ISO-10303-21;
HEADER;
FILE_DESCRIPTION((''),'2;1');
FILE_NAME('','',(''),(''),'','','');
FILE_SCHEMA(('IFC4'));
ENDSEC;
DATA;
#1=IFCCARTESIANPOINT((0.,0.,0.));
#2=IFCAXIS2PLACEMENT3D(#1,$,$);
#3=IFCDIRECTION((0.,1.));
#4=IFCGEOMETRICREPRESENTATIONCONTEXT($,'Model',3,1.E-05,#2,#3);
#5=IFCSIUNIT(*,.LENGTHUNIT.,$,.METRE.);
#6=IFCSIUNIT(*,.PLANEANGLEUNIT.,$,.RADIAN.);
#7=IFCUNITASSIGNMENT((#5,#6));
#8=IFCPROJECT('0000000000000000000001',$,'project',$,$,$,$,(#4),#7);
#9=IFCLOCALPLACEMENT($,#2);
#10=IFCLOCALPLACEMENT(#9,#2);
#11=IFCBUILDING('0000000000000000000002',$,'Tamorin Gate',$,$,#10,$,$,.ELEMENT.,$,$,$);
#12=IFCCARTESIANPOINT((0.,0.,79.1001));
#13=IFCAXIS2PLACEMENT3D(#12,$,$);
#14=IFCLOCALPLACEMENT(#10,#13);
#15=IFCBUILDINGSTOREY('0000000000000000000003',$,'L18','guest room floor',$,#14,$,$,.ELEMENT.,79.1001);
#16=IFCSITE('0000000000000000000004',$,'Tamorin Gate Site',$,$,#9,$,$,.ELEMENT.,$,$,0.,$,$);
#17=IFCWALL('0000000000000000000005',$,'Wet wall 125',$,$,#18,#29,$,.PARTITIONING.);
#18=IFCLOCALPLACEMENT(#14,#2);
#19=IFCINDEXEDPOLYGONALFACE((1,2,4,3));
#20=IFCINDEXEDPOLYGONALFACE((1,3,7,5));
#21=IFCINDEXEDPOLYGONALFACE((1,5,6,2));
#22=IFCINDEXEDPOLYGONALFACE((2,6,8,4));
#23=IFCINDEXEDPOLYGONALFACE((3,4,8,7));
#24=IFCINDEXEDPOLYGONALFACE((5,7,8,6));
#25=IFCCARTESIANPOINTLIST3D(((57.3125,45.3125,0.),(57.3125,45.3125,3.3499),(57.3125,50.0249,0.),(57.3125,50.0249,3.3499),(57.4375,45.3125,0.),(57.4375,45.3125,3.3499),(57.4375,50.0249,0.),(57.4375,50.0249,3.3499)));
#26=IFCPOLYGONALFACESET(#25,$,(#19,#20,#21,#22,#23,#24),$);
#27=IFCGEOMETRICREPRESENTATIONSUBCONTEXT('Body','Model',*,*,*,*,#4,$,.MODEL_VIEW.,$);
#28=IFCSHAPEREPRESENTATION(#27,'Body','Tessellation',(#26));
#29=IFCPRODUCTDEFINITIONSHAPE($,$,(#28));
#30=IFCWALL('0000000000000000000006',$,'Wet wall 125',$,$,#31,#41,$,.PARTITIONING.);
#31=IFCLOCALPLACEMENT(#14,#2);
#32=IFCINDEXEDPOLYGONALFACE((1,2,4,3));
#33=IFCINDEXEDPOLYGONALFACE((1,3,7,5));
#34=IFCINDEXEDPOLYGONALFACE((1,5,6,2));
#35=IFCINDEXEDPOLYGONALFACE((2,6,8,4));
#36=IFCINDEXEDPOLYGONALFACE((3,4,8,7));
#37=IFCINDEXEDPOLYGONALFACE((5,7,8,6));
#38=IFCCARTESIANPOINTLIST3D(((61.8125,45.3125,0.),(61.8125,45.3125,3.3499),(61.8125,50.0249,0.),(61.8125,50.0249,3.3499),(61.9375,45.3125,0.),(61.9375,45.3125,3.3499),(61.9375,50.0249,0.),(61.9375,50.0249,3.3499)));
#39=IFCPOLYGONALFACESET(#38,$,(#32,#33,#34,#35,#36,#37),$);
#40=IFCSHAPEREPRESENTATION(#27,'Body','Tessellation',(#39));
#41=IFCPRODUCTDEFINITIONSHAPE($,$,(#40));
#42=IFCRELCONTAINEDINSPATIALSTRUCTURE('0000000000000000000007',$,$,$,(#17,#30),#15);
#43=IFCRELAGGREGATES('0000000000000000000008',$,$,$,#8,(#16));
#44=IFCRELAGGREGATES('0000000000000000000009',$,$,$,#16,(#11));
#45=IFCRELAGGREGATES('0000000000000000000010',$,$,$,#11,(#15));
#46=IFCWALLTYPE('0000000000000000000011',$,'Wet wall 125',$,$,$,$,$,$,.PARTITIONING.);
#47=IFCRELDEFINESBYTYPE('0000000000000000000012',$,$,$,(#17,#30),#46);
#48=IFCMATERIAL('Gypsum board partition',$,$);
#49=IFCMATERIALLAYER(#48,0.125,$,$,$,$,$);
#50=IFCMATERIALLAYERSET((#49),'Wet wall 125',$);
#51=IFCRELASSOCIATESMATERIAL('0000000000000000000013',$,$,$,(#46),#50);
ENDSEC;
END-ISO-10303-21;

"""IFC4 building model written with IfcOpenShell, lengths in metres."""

from ifc_helpers import new_model, si_unit, direction, frame, frame_2d, origin, place, context, subcontext, project, spatial, rectangle, extrude, material, layer, layer_set, type_object, element, save


model = new_model("IFC4")

# Units and contexts
model_context = context("Model", 3, precision=1e-05, world=origin(), true_north=direction((0.0, 1.0)))
body_context = subcontext(model_context, "Body", "Model", "MODEL_VIEW")
ifc_project = project(units=[si_unit("LENGTHUNIT", "METRE"), si_unit("PLANEANGLEUNIT", "RADIAN")], contexts=[model_context])

# Site, building, storey
site_placement = place(None, origin())
site = spatial("IfcSite", under=ifc_project, at=site_placement, Name="Tamorin Gate Site", CompositionType="ELEMENT", RefElevation=0.0)
building_placement = place(site_placement, origin())
building = spatial("IfcBuilding", under=site, at=building_placement, Name="Tamorin Gate", CompositionType="ELEMENT")
storey_placement = place(building_placement, frame((0.0, 0.0, 79.1001)))
storey = spatial("IfcBuildingStorey", under=building, at=storey_placement, Name="L18", Description="guest room floor", CompositionType="ELEMENT", Elevation=79.1001)

# Shared definitions
ifc_material_1 = material(Name="Gypsum board partition")

# Walls
ifc_layer_1 = layer(ifc_material_1, 0.125)
ifc_layer_set_1 = layer_set([ifc_layer_1], Name="Wet wall 125")
wall_type_1 = type_object("IfcWallType", Name="Wet wall 125", PredefinedType="PARTITIONING", material=ifc_layer_set_1)
for number, where, z_axis, x_axis, name in (
    (1, (57.375, 45.3125, 0.0), (0.0, 0.0, 1.0), (0.0, 1.0, 0.0), "Wet wall 125"),
    (2, (61.875, 45.3125, 0.0), (0.0, 0.0, 1.0), (0.0, 1.0, 0.0), "Wet wall 125"),
):
    element("IfcWall", number, at=place(storey_placement, frame(where, z_axis=z_axis, x_axis=x_axis)), inside=storey, type_object=wall_type_1, Name=name, PredefinedType="PARTITIONING", context=body_context, shape_type="SweptSolid", body=[
        extrude(rectangle(XDim=4.7124, YDim=0.125, at=frame_2d((2.3562, 0.0))), origin(), (0.0, 0.0, 1.0), 3.3499),
    ])

save(model, "model.ifc")
